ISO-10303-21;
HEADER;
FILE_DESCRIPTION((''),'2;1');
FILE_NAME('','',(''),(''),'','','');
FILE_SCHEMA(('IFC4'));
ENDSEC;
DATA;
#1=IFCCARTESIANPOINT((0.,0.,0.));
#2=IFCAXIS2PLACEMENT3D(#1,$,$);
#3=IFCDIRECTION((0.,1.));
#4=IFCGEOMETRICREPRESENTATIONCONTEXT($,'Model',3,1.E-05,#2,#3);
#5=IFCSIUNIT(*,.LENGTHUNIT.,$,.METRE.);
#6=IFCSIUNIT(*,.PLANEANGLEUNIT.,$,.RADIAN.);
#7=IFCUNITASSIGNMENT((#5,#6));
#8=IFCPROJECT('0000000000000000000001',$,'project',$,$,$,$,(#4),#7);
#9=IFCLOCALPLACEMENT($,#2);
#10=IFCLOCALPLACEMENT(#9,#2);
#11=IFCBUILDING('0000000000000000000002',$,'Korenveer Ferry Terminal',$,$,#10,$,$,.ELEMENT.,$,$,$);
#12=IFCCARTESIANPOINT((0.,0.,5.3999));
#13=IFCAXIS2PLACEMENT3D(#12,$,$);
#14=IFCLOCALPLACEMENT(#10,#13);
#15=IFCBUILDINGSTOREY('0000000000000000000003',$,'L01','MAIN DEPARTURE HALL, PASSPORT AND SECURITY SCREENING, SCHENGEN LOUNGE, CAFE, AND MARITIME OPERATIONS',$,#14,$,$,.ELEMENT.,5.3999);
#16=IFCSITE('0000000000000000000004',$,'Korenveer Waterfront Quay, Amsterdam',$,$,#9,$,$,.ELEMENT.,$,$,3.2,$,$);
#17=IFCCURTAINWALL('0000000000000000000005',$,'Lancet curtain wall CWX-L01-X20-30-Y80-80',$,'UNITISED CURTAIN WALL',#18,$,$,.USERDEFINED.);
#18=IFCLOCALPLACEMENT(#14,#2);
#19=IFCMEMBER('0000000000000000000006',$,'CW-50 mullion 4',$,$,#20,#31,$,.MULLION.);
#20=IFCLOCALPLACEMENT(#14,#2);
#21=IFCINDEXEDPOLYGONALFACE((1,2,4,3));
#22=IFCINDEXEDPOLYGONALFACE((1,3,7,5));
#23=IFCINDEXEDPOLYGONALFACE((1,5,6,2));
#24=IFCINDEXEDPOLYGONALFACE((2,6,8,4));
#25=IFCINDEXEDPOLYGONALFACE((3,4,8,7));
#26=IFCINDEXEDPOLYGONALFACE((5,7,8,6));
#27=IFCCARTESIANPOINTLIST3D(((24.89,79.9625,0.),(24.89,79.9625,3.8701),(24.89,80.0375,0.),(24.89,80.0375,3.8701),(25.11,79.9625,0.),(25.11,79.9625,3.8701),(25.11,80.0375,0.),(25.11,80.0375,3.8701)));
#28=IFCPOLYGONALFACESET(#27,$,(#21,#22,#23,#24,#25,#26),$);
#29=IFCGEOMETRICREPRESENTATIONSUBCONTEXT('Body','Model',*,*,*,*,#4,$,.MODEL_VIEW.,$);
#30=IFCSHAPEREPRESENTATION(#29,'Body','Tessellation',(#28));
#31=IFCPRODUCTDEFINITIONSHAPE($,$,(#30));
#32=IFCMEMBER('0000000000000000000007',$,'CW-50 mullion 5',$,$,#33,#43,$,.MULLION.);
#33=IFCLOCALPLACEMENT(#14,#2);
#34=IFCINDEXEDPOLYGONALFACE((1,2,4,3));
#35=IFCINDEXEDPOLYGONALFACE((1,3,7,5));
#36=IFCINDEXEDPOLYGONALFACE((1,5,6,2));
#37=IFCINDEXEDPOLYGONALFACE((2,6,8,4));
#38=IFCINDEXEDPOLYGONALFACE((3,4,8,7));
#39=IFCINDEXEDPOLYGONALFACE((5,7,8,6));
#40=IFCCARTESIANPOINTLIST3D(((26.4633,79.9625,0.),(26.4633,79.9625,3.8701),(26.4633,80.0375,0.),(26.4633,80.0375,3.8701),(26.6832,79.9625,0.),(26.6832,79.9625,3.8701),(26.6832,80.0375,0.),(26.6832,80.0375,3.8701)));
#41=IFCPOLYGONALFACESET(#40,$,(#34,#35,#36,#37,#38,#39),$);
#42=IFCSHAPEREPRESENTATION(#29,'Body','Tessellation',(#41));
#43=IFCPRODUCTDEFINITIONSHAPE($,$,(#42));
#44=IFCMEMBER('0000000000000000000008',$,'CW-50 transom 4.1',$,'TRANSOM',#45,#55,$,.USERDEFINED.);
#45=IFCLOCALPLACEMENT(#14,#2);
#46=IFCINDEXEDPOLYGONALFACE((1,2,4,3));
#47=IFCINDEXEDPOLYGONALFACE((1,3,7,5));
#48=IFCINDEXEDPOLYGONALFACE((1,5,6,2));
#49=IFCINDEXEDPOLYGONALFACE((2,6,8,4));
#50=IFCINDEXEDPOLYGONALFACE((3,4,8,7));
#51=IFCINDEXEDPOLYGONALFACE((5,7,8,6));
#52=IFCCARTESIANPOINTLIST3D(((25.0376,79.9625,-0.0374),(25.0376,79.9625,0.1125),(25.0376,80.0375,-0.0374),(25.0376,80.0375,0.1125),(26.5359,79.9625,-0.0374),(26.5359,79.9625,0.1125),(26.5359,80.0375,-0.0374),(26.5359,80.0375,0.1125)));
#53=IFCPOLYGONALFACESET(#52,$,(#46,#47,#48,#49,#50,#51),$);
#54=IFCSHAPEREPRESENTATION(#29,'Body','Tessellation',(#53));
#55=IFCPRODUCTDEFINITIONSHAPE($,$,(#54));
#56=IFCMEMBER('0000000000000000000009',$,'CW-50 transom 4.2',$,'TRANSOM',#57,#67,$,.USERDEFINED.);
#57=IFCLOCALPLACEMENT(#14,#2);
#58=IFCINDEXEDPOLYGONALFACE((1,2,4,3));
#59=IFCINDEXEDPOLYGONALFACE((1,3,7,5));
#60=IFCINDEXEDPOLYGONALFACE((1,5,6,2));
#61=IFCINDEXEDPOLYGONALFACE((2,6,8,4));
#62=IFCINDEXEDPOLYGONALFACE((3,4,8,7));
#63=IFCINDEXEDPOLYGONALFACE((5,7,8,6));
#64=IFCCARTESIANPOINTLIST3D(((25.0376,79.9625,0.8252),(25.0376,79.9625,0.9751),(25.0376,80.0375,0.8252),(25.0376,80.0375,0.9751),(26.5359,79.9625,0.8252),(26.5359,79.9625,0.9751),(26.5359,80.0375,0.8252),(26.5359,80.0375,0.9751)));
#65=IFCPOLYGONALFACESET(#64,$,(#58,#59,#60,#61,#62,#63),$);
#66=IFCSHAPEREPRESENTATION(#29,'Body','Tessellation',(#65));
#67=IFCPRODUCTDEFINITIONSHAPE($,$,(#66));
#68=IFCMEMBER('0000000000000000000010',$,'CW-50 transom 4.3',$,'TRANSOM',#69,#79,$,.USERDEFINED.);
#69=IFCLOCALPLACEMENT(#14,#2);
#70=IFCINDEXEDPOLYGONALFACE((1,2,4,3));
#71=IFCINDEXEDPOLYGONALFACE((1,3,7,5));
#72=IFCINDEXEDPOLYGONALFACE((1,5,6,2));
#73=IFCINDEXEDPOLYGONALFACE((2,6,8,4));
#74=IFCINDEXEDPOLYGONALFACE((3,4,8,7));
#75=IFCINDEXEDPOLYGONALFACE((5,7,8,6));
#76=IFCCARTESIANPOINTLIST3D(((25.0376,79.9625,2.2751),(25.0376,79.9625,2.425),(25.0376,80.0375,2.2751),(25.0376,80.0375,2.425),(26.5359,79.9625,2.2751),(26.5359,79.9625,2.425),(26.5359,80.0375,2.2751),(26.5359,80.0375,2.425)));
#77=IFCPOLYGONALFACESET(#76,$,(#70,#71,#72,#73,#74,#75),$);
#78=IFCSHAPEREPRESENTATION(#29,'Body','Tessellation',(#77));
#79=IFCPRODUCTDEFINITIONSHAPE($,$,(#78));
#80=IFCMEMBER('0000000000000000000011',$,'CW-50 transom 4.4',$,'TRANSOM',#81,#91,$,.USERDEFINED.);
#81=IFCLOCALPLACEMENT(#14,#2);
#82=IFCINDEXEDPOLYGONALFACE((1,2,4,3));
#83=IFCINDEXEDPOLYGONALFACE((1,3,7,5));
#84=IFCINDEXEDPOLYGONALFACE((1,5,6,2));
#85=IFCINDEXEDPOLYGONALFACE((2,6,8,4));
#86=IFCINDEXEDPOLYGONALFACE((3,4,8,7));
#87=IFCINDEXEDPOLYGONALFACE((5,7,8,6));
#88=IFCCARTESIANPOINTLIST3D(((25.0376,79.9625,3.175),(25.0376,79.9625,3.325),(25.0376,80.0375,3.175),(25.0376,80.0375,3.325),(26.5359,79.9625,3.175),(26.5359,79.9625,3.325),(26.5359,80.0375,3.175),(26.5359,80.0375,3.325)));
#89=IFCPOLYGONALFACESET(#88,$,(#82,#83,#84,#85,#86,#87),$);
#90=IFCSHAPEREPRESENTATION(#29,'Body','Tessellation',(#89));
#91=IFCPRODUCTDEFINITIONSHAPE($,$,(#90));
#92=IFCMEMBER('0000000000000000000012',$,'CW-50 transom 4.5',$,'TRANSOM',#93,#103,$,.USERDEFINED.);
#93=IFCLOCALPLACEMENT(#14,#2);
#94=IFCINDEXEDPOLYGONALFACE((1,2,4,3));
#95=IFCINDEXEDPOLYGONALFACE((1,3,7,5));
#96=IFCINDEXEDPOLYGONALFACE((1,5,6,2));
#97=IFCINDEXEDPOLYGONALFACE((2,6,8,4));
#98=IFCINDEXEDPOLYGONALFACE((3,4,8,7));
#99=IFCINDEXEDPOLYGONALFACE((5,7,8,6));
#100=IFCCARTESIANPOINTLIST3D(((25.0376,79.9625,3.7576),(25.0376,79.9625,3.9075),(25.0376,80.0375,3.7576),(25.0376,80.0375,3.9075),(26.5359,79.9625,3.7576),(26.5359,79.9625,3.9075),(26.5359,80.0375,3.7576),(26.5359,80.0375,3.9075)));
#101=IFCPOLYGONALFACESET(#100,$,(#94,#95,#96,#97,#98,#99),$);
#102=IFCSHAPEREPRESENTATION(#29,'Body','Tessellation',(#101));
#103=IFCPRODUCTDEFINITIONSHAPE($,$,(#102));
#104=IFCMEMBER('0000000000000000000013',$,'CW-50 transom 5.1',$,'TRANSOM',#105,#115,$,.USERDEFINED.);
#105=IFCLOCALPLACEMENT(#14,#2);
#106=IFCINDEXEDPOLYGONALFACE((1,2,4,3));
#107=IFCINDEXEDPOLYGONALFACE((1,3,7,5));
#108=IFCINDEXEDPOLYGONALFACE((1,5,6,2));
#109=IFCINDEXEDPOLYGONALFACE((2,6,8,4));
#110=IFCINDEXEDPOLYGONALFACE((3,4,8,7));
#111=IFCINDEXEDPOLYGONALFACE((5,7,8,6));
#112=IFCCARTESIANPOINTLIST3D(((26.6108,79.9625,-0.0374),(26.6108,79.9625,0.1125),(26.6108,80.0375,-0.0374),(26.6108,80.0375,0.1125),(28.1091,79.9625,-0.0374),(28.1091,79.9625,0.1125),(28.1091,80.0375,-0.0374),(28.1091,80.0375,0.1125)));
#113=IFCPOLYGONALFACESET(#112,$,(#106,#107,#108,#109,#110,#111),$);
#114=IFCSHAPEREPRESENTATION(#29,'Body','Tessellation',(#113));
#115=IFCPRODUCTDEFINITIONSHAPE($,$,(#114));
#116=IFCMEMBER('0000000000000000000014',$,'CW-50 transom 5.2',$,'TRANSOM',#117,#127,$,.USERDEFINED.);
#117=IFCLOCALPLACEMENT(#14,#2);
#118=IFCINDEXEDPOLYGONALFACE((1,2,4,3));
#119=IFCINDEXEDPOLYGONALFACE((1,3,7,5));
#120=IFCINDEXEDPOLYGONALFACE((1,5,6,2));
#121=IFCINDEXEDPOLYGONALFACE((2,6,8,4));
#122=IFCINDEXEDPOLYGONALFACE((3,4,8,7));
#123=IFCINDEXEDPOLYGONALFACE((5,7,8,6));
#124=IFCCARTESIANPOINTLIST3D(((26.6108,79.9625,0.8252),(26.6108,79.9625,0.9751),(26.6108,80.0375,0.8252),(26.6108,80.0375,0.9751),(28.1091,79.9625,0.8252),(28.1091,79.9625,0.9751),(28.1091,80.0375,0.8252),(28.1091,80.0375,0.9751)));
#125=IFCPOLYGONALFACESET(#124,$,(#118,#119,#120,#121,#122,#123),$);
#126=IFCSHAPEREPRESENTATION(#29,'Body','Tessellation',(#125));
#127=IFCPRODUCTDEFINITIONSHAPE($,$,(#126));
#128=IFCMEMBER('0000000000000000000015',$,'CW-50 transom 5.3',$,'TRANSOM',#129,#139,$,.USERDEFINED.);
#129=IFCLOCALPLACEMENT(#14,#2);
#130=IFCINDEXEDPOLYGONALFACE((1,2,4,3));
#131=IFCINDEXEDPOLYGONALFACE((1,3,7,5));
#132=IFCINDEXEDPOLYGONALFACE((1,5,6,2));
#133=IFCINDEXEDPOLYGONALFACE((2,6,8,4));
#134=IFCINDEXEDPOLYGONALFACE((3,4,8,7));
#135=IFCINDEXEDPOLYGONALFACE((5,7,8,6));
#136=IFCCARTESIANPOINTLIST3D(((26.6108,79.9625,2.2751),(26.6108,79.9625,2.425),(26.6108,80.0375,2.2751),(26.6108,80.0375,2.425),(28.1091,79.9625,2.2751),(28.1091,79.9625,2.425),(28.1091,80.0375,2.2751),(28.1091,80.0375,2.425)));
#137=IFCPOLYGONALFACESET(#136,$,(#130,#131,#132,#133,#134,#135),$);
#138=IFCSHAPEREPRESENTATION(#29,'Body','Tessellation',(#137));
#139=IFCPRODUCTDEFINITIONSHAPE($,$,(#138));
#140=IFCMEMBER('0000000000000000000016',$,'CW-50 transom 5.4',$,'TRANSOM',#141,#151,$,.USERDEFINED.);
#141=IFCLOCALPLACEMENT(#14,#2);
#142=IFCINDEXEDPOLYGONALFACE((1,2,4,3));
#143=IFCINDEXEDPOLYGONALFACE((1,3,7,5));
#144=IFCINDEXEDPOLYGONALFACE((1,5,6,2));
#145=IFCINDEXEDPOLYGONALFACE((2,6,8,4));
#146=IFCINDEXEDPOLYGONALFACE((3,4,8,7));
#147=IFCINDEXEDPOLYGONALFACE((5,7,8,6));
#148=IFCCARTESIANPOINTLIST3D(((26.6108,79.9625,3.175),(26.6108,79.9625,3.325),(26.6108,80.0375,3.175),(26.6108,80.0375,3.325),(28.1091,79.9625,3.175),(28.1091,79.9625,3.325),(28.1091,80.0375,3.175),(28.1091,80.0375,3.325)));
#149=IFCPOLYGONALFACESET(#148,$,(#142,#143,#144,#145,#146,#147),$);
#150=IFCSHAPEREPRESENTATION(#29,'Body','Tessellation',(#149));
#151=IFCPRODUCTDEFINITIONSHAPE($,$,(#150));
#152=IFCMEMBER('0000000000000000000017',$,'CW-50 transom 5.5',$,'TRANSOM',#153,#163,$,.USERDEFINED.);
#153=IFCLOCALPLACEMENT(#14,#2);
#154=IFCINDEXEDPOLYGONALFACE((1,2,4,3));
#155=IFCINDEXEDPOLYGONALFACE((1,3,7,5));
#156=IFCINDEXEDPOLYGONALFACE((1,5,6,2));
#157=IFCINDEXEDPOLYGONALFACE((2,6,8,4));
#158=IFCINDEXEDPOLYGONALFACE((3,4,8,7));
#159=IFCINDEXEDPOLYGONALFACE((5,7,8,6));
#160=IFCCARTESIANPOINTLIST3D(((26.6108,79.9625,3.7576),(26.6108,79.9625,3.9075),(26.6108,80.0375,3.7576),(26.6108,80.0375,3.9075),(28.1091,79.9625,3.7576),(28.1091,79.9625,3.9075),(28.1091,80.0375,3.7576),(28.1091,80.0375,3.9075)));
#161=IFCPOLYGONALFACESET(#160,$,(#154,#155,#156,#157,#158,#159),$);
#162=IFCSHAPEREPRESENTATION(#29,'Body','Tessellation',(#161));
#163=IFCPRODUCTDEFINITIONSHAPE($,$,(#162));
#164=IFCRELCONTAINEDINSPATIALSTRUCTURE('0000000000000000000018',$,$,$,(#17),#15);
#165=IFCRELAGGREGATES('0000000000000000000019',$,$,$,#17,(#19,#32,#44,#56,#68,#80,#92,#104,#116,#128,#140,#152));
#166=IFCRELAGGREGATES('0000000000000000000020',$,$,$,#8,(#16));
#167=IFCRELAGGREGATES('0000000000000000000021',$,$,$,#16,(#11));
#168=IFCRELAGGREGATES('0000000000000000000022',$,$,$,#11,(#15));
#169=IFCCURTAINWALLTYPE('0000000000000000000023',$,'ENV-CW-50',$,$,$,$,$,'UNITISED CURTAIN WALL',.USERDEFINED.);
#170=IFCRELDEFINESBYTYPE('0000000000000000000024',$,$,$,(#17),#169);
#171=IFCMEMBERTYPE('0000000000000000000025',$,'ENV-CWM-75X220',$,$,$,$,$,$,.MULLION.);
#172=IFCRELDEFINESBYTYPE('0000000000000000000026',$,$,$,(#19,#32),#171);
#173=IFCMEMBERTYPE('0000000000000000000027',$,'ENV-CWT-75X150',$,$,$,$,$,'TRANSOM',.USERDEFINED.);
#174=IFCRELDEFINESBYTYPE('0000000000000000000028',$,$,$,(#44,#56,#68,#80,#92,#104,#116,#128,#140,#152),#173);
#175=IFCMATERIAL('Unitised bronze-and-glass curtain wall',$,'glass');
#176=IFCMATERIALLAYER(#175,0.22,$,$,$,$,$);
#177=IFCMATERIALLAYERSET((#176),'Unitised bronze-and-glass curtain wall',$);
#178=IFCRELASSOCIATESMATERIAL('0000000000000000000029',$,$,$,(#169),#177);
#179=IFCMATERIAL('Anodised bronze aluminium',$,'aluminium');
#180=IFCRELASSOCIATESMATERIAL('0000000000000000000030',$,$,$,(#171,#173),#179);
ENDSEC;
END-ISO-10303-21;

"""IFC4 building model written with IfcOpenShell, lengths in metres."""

from ifc_helpers import new_model, si_unit, direction, frame, origin, origin_2d, place, context, subcontext, project, spatial, rectangle, extrude, material, layer, layer_set, material_profile, profile_set, type_object, element, aggregate, save


model = new_model("IFC4")

# Units and contexts
model_context = context("Model", 3, precision=1e-05, world=origin(), true_north=direction((0.0, 1.0)))
body_context = subcontext(model_context, "Body", "Model", "MODEL_VIEW")
ifc_project = project(units=[si_unit("LENGTHUNIT", "METRE"), si_unit("PLANEANGLEUNIT", "RADIAN")], contexts=[model_context])

# Site, building, storey
site_placement = place(None, origin())
site = spatial("IfcSite", under=ifc_project, at=site_placement, Name="Korenveer Waterfront Quay, Amsterdam", CompositionType="ELEMENT", RefElevation=3.2)
building_placement = place(site_placement, origin())
building = spatial("IfcBuilding", under=site, at=building_placement, Name="Korenveer Ferry Terminal", CompositionType="ELEMENT")
storey_placement = place(building_placement, frame((0.0, 0.0, 5.3999)))
storey = spatial("IfcBuildingStorey", under=building, at=storey_placement, Name="L01", Description="MAIN DEPARTURE HALL, PASSPORT AND SECURITY SCREENING, SCHENGEN LOUNGE, CAFE, AND MARITIME OPERATIONS", CompositionType="ELEMENT", Elevation=5.3999)

# Curtain wall, members
ifc_material_1 = material(Name="Unitised bronze-and-glass curtain wall", Category="glass")
ifc_layer_1 = layer(ifc_material_1, 0.22)
ifc_layer_set_1 = layer_set([ifc_layer_1], Name="Unitised bronze-and-glass curtain wall")
curtain_wall_type = type_object("IfcCurtainWallType", Name="ENV-CW-50", ElementType="UNITISED CURTAIN WALL", PredefinedType="USERDEFINED", material=ifc_layer_set_1)
curtain_wall_placement = place(storey_placement, frame((20.28, 80.0, 0.0)))
curtain_wall = element("IfcCurtainWall", 1, at=curtain_wall_placement, inside=storey, type_object=curtain_wall_type, Name="Lancet curtain wall CWX-L01-X20-30-Y80-80", ObjectType="UNITISED CURTAIN WALL", PredefinedType="USERDEFINED")
ifc_material_2 = material(Name="Anodised bronze aluminium", Category="aluminium")
ifc_material_profile_1 = material_profile(ifc_material_2, rectangle(XDim=0.075, YDim=0.22, at=origin_2d()), Name="ALU 75x220")
ifc_profile_set_1 = profile_set([ifc_material_profile_1], Name="Anodised bronze aluminium")
member_type_1 = type_object("IfcMemberType", Name="ENV-CWM-75X220", PredefinedType="MULLION", material=ifc_profile_set_1)
member_1_placement = place(storey_placement, frame((25.0, 80.0, 0.0), z_axis=(0.0, 0.0, 1.0), x_axis=(0.0, 1.0, 0.0)))
member_1 = element("IfcMember", 2, at=member_1_placement, type_object=member_type_1, Name="CW-50 mullion 4", PredefinedType="MULLION", context=body_context, shape_type="SweptSolid", body=[
    extrude(rectangle(XDim=0.075, YDim=0.22, at=origin_2d()), origin(), (0.0, 0.0, 1.0), 3.8701),
])
member_2_placement = place(storey_placement, frame((26.5732, 80.0, 0.0), z_axis=(0.0, 0.0, 1.0), x_axis=(0.0, 1.0, 0.0)))
member_2 = element("IfcMember", 3, at=member_2_placement, type_object=member_type_1, Name="CW-50 mullion 5", PredefinedType="MULLION", context=body_context, shape_type="SweptSolid", body=[
    extrude(rectangle(XDim=0.075, YDim=0.22, at=origin_2d()), origin(), (0.0, 0.0, 1.0), 3.8701),
])
ifc_material_profile_2 = material_profile(ifc_material_2, rectangle(XDim=0.075, YDim=0.1499, at=origin_2d()), Name="ALU 75x150")
ifc_profile_set_2 = profile_set([ifc_material_profile_2], Name="Anodised bronze aluminium")
member_type_2 = type_object("IfcMemberType", Name="ENV-CWT-75X150", ElementType="TRANSOM", PredefinedType="USERDEFINED", material=ifc_profile_set_2)
member_3_placement = place(storey_placement, frame((25.0376, 80.0, 0.0376), z_axis=(1.0, 0.0, 0.0), x_axis=(0.0, 1.0, 0.0)))
member_3 = element("IfcMember", 4, at=member_3_placement, type_object=member_type_2, Name="CW-50 transom 4.1", ObjectType="TRANSOM", PredefinedType="USERDEFINED", context=body_context, shape_type="SweptSolid", body=[
    extrude(rectangle(XDim=0.075, YDim=0.1499, at=origin_2d()), origin(), (0.0, 0.0, 1.0), 1.4983),
])
member_4_placement = place(storey_placement, frame((25.0376, 80.0, 0.9001), z_axis=(1.0, 0.0, 0.0), x_axis=(0.0, 1.0, 0.0)))
member_4 = element("IfcMember", 5, at=member_4_placement, type_object=member_type_2, Name="CW-50 transom 4.2", ObjectType="TRANSOM", PredefinedType="USERDEFINED", context=body_context, shape_type="SweptSolid", body=[
    extrude(rectangle(XDim=0.075, YDim=0.1499, at=origin_2d()), origin(), (0.0, 0.0, 1.0), 1.4983),
])
member_5_placement = place(storey_placement, frame((25.0376, 80.0, 2.3501), z_axis=(1.0, 0.0, 0.0), x_axis=(0.0, 1.0, 0.0)))
member_5 = element("IfcMember", 6, at=member_5_placement, type_object=member_type_2, Name="CW-50 transom 4.3", ObjectType="TRANSOM", PredefinedType="USERDEFINED", context=body_context, shape_type="SweptSolid", body=[
    extrude(rectangle(XDim=0.075, YDim=0.1499, at=origin_2d()), origin(), (0.0, 0.0, 1.0), 1.4983),
])
member_6_placement = place(storey_placement, frame((25.0376, 80.0, 3.25), z_axis=(1.0, 0.0, 0.0), x_axis=(0.0, 1.0, 0.0)))
member_6 = element("IfcMember", 7, at=member_6_placement, type_object=member_type_2, Name="CW-50 transom 4.4", ObjectType="TRANSOM", PredefinedType="USERDEFINED", context=body_context, shape_type="SweptSolid", body=[
    extrude(rectangle(XDim=0.075, YDim=0.1499, at=origin_2d()), origin(), (0.0, 0.0, 1.0), 1.4983),
])
member_7_placement = place(storey_placement, frame((25.0376, 80.0, 3.8325), z_axis=(1.0, 0.0, 0.0), x_axis=(0.0, 1.0, 0.0)))
member_7 = element("IfcMember", 8, at=member_7_placement, type_object=member_type_2, Name="CW-50 transom 4.5", ObjectType="TRANSOM", PredefinedType="USERDEFINED", context=body_context, shape_type="SweptSolid", body=[
    extrude(rectangle(XDim=0.075, YDim=0.1499, at=origin_2d()), origin(), (0.0, 0.0, 1.0), 1.4983),
])
member_8_placement = place(storey_placement, frame((26.6108, 80.0, 0.0376), z_axis=(1.0, 0.0, 0.0), x_axis=(0.0, 1.0, 0.0)))
member_8 = element("IfcMember", 9, at=member_8_placement, type_object=member_type_2, Name="CW-50 transom 5.1", ObjectType="TRANSOM", PredefinedType="USERDEFINED", context=body_context, shape_type="SweptSolid", body=[
    extrude(rectangle(XDim=0.075, YDim=0.1499, at=origin_2d()), origin(), (0.0, 0.0, 1.0), 1.4983),
])
member_9_placement = place(storey_placement, frame((26.6108, 80.0, 0.9001), z_axis=(1.0, 0.0, 0.0), x_axis=(0.0, 1.0, 0.0)))
member_9 = element("IfcMember", 10, at=member_9_placement, type_object=member_type_2, Name="CW-50 transom 5.2", ObjectType="TRANSOM", PredefinedType="USERDEFINED", context=body_context, shape_type="SweptSolid", body=[
    extrude(rectangle(XDim=0.075, YDim=0.1499, at=origin_2d()), origin(), (0.0, 0.0, 1.0), 1.4983),
])
member_10_placement = place(storey_placement, frame((26.6108, 80.0, 2.3501), z_axis=(1.0, 0.0, 0.0), x_axis=(0.0, 1.0, 0.0)))
member_10 = element("IfcMember", 11, at=member_10_placement, type_object=member_type_2, Name="CW-50 transom 5.3", ObjectType="TRANSOM", PredefinedType="USERDEFINED", context=body_context, shape_type="SweptSolid", body=[
    extrude(rectangle(XDim=0.075, YDim=0.1499, at=origin_2d()), origin(), (0.0, 0.0, 1.0), 1.4983),
])
member_11_placement = place(storey_placement, frame((26.6108, 80.0, 3.25), z_axis=(1.0, 0.0, 0.0), x_axis=(0.0, 1.0, 0.0)))
member_11 = element("IfcMember", 12, at=member_11_placement, type_object=member_type_2, Name="CW-50 transom 5.4", ObjectType="TRANSOM", PredefinedType="USERDEFINED", context=body_context, shape_type="SweptSolid", body=[
    extrude(rectangle(XDim=0.075, YDim=0.1499, at=origin_2d()), origin(), (0.0, 0.0, 1.0), 1.4983),
])
member_12_placement = place(storey_placement, frame((26.6108, 80.0, 3.8325), z_axis=(1.0, 0.0, 0.0), x_axis=(0.0, 1.0, 0.0)))
member_12 = element("IfcMember", 13, at=member_12_placement, type_object=member_type_2, Name="CW-50 transom 5.5", ObjectType="TRANSOM", PredefinedType="USERDEFINED", context=body_context, shape_type="SweptSolid", body=[
    extrude(rectangle(XDim=0.075, YDim=0.1499, at=origin_2d()), origin(), (0.0, 0.0, 1.0), 1.4983),
])

aggregate(curtain_wall, [member_1, member_2, member_3, member_4, member_5, member_6, member_7, member_8, member_9, member_10, member_11, member_12])

save(model, "model.ifc")
